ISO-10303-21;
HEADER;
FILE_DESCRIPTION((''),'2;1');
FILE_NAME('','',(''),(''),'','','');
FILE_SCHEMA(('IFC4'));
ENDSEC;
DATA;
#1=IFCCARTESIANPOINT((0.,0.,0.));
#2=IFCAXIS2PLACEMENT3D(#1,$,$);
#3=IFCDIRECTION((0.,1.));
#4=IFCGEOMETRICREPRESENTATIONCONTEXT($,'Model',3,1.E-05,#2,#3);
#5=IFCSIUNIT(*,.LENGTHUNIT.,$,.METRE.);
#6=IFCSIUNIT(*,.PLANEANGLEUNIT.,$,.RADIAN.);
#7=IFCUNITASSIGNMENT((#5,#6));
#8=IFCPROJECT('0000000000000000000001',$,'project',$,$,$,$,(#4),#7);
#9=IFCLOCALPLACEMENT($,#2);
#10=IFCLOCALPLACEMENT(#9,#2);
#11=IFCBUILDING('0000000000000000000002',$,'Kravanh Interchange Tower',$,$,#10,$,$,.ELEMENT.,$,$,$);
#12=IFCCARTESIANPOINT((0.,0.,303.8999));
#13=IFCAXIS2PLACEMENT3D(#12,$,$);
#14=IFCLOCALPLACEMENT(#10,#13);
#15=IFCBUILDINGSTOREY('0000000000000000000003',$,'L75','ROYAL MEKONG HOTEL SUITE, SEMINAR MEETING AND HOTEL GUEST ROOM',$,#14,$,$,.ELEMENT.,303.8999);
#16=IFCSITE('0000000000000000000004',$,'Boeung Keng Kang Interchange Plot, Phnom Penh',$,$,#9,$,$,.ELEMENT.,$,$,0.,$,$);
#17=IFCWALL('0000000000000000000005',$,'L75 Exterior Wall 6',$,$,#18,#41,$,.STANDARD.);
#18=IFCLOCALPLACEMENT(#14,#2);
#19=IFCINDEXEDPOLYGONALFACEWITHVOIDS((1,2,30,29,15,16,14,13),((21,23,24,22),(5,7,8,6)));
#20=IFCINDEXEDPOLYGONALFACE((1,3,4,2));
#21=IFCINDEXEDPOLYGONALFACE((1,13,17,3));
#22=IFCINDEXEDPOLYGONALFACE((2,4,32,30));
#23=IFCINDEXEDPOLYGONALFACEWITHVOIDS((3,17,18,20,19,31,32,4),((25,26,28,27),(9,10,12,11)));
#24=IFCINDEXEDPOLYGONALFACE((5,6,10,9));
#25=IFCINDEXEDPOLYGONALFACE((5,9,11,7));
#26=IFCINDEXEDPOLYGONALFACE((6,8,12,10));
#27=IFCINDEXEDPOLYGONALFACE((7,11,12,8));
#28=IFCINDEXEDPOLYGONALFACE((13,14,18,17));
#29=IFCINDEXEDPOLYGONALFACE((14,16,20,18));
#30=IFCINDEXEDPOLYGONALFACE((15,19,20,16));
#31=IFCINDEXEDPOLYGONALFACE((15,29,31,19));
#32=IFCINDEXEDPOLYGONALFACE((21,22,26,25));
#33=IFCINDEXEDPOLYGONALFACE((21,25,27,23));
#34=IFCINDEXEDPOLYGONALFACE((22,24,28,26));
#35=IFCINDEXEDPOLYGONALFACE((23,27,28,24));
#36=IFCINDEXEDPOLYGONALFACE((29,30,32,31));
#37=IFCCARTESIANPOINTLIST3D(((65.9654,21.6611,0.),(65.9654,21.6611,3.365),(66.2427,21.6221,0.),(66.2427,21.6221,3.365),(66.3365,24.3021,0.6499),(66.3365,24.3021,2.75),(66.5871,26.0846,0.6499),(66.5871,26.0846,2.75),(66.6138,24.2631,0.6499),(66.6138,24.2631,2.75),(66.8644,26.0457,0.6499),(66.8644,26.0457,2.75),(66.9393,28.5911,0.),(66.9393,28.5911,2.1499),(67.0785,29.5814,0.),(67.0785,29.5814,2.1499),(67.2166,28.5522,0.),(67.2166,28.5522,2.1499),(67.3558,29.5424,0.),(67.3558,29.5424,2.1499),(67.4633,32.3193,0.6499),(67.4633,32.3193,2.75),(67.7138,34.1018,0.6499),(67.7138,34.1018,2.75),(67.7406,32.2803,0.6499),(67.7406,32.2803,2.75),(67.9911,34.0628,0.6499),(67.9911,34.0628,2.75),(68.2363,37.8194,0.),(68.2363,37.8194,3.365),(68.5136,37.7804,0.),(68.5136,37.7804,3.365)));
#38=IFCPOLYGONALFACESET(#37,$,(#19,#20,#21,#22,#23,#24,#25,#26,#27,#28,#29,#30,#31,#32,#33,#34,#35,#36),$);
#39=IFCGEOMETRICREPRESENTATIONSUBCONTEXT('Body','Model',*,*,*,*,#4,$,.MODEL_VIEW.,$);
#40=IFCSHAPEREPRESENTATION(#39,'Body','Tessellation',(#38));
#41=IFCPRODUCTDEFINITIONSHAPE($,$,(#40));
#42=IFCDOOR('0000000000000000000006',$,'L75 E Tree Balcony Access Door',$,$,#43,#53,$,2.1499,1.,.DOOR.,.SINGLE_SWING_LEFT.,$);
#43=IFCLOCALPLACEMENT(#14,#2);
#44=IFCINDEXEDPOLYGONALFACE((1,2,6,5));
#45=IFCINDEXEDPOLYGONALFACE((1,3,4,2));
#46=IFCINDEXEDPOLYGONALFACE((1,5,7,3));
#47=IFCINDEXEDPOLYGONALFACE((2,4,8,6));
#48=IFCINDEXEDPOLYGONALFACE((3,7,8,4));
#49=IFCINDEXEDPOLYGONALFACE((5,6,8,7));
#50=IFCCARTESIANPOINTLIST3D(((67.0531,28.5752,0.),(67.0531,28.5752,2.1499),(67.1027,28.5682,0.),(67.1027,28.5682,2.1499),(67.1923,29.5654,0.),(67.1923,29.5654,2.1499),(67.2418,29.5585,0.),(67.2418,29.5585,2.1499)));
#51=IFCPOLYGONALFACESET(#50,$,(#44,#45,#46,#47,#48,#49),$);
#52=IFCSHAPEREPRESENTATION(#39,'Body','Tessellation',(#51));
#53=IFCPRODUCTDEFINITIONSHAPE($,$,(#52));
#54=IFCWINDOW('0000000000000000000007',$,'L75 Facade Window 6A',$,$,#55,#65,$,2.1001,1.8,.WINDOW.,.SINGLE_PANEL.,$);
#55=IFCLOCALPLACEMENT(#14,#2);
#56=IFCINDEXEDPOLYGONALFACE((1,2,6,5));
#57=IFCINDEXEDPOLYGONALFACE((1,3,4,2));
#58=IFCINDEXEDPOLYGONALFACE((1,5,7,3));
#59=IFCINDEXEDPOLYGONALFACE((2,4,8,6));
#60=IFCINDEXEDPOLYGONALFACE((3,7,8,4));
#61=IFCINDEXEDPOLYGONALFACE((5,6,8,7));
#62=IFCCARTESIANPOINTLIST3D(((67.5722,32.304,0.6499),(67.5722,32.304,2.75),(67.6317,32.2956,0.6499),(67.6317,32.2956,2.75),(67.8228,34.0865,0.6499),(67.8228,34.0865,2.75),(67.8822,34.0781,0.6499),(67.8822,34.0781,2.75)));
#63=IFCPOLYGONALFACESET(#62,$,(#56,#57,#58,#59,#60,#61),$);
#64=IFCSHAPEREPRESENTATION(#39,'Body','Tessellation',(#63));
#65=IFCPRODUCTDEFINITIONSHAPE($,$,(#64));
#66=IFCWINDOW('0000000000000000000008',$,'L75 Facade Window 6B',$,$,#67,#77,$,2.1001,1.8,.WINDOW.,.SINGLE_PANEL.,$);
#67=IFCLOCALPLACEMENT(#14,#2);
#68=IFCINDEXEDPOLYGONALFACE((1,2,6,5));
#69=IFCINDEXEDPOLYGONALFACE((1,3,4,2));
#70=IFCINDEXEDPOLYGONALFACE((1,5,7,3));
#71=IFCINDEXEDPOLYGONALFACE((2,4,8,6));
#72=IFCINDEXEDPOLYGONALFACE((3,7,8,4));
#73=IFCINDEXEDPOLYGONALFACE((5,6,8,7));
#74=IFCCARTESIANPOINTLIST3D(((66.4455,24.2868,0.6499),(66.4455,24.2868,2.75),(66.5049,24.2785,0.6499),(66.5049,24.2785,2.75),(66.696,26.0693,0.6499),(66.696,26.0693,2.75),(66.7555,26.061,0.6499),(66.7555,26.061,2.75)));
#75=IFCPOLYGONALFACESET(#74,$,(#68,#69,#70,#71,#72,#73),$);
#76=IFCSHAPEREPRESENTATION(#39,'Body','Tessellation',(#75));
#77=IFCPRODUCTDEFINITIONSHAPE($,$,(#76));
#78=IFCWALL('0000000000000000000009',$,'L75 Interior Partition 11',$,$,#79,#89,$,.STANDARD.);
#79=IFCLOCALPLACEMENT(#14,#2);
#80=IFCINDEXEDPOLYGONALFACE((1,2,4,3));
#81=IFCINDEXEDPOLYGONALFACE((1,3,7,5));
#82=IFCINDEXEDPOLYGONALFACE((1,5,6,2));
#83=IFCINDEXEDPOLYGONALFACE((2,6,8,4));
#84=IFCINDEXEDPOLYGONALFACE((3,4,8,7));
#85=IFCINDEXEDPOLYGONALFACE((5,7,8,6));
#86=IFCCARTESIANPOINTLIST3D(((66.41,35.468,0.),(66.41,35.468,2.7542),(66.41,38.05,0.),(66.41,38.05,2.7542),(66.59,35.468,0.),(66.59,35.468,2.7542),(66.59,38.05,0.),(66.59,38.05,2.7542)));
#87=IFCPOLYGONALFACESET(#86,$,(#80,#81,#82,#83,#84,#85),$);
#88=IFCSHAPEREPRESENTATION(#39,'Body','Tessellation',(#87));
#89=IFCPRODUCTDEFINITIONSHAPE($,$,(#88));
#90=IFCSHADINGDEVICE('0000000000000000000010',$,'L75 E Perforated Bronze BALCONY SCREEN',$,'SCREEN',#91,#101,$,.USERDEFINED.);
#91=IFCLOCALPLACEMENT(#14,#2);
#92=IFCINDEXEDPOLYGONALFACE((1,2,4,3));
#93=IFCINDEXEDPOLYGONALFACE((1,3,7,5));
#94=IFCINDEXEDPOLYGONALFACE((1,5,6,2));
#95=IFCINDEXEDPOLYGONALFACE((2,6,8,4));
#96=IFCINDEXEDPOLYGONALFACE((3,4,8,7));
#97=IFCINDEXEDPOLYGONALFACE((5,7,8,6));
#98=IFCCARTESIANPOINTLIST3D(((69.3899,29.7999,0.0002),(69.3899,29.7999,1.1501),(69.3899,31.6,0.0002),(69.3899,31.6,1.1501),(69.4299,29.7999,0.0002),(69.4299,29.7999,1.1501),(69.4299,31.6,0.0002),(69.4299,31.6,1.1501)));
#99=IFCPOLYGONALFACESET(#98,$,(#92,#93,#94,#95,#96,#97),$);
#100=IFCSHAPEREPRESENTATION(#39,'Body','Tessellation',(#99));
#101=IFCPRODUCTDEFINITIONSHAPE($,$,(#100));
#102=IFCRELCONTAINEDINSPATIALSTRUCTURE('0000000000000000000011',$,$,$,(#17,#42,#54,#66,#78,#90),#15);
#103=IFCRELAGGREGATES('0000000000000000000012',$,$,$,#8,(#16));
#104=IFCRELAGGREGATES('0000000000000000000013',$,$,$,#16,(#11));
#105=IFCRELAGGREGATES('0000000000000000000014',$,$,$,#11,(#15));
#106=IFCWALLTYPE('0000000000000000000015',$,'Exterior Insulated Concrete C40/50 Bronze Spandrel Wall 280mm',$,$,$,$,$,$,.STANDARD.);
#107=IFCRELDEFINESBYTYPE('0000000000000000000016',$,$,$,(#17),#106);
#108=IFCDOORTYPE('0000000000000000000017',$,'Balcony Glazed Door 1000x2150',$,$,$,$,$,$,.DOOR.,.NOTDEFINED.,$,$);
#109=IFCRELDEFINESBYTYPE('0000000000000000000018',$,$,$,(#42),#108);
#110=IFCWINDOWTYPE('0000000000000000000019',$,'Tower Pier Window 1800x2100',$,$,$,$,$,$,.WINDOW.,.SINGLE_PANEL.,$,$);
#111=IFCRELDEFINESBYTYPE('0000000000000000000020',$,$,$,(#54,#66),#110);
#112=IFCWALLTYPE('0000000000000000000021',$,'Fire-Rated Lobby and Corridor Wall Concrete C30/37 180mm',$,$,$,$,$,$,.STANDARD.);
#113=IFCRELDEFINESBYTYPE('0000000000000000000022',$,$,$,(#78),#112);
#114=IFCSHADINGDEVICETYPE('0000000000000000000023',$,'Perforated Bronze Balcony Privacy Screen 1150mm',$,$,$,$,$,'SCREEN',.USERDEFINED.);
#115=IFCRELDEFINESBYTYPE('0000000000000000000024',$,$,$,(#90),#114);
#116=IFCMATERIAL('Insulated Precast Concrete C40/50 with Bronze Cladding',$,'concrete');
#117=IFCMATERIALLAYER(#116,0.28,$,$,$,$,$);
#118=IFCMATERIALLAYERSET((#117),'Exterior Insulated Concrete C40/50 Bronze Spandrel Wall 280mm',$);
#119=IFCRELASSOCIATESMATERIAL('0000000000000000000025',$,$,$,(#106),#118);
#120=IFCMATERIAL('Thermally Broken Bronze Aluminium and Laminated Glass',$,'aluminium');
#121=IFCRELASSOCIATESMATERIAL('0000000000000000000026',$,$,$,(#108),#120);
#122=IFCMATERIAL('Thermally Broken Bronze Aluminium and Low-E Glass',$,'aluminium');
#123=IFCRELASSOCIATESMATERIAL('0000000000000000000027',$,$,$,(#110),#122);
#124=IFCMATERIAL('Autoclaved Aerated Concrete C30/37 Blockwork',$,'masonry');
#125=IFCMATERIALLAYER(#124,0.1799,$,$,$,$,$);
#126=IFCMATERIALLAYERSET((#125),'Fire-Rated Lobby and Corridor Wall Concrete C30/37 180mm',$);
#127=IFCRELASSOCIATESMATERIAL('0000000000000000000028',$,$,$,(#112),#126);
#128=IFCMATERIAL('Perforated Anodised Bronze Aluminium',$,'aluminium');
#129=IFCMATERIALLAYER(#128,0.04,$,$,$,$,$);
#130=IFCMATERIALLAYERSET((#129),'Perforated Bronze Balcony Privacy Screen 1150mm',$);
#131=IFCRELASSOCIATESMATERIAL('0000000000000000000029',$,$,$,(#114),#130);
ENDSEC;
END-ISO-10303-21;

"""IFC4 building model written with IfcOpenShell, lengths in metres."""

from ifc_helpers import new_model, si_unit, direction, frame, frame_2d, origin, origin_2d, place, context, subcontext, project, spatial, rectangle, extrude, material, layer, layer_set, type_object, element, fill, save


model = new_model("IFC4")

# Units and contexts
model_context = context("Model", 3, precision=1e-05, world=origin(), true_north=direction((0.0, 1.0)))
body_context = subcontext(model_context, "Body", "Model", "MODEL_VIEW")
ifc_project = project(units=[si_unit("LENGTHUNIT", "METRE"), si_unit("PLANEANGLEUNIT", "RADIAN")], contexts=[model_context])

# Site, building, storey
site_placement = place(None, origin())
site = spatial("IfcSite", under=ifc_project, at=site_placement, Name="Boeung Keng Kang Interchange Plot, Phnom Penh", CompositionType="ELEMENT", RefElevation=0.0)
building_placement = place(site_placement, origin())
building = spatial("IfcBuilding", under=site, at=building_placement, Name="Kravanh Interchange Tower", CompositionType="ELEMENT")
storey_placement = place(building_placement, frame((0.0, 0.0, 303.8999)))
storey = spatial("IfcBuildingStorey", under=building, at=storey_placement, Name="L75", Description="ROYAL MEKONG HOTEL SUITE, SEMINAR MEETING AND HOTEL GUEST ROOM", CompositionType="ELEMENT", Elevation=303.8999)

# Wall, openings, door, windows
ifc_material_1 = material(Name="Insulated Precast Concrete C40/50 with Bronze Cladding", Category="concrete")
ifc_layer_1 = layer(ifc_material_1, 0.28)
ifc_layer_set_1 = layer_set([ifc_layer_1], Name="Exterior Insulated Concrete C40/50 Bronze Spandrel Wall 280mm")
wall_type_1 = type_object("IfcWallType", Name="Exterior Insulated Concrete C40/50 Bronze Spandrel Wall 280mm", PredefinedType="STANDARD", material=ifc_layer_set_1)
wall_1_placement = place(storey_placement, frame((68.375, 37.8, 0.0), z_axis=(0.0, 0.0, 1.0), x_axis=(-0.139178, -0.990267, 0.0)))
wall_1 = element("IfcWall", 1, at=wall_1_placement, inside=storey, type_object=wall_type_1, Name="L75 Exterior Wall 6", PredefinedType="STANDARD", context=body_context, shape_type="SweptSolid", body=[
    extrude(rectangle(XDim=16.3171, YDim=0.28, at=frame_2d((8.1587, 0.0))), origin(), (0.0, 0.0, 1.0), 3.365),
])
opening_1_placement = place(wall_1_placement, frame((8.3191, 0.0, 0.0)))
opening_1 = element("IfcOpeningElement", 2, at=opening_1_placement, cuts=wall_1, PredefinedType="OPENING", context=body_context, shape_type="SweptSolid", body=[
    extrude(rectangle(XDim=1.0, YDim=2.1499, at=frame_2d((0.5, 1.075))), frame((0.0, 0.1499, 0.0), z_axis=(0.0, -1.0, 0.0), x_axis=(1.0, 0.0, 0.0)), (0.0, 0.0, 1.0), 0.3),
])
opening_2_placement = place(wall_1_placement, frame((3.7544, 0.0, 0.6499)))
opening_2 = element("IfcOpeningElement", 3, at=opening_2_placement, cuts=wall_1, PredefinedType="OPENING", context=body_context, shape_type="SweptSolid", body=[
    extrude(rectangle(XDim=1.8, YDim=2.1001, at=frame_2d((0.8999, 1.05))), frame((0.0, 0.1499, 0.0), z_axis=(0.0, -1.0, 0.0), x_axis=(1.0, 0.0, 0.0)), (0.0, 0.0, 1.0), 0.3),
])
opening_3_placement = place(wall_1_placement, frame((11.8503, 0.0, 0.6499)))
opening_3 = element("IfcOpeningElement", 4, at=opening_3_placement, cuts=wall_1, PredefinedType="OPENING", context=body_context, shape_type="SweptSolid", body=[
    extrude(rectangle(XDim=1.8, YDim=2.1001, at=frame_2d((0.8999, 1.05))), frame((0.0, 0.1499, 0.0), z_axis=(0.0, -1.0, 0.0), x_axis=(1.0, 0.0, 0.0)), (0.0, 0.0, 1.0), 0.3),
])
ifc_material_2 = material(Name="Thermally Broken Bronze Aluminium and Laminated Glass", Category="aluminium")
door_type = type_object("IfcDoorType", Name="Balcony Glazed Door 1000x2150", OperationType="NOTDEFINED", PredefinedType="DOOR", material=ifc_material_2)
door_placement = place(opening_1_placement, origin())
door = element("IfcDoor", 5, at=door_placement, inside=storey, type_object=door_type, Name="L75 E Tree Balcony Access Door", OperationType="SINGLE_SWING_LEFT", OverallHeight=2.1499, OverallWidth=1.0, PredefinedType="DOOR", context=body_context, shape_type="SweptSolid", body=[
    extrude(rectangle(XDim=1.0, YDim=2.1499, at=frame_2d((0.5, 1.075))), frame((0.0, 0.0249, 0.0), z_axis=(0.0, -1.0, 0.0), x_axis=(1.0, 0.0, 0.0)), (0.0, 0.0, 1.0), 0.05),
])
fill(opening_1, door)
ifc_material_3 = material(Name="Thermally Broken Bronze Aluminium and Low-E Glass", Category="aluminium")
window_type = type_object("IfcWindowType", Name="Tower Pier Window 1800x2100", PartitioningType="SINGLE_PANEL", PredefinedType="WINDOW", material=ifc_material_3)
window_1_placement = place(opening_2_placement, origin())
window_1 = element("IfcWindow", 6, at=window_1_placement, inside=storey, type_object=window_type, Name="L75 Facade Window 6A", OverallHeight=2.1001, OverallWidth=1.8, PartitioningType="SINGLE_PANEL", PredefinedType="WINDOW", context=body_context, shape_type="SweptSolid", body=[
    extrude(rectangle(XDim=1.8, YDim=2.1001, at=frame_2d((0.8999, 1.05))), frame((0.0, 0.03, 0.0), z_axis=(0.0, -1.0, 0.0), x_axis=(1.0, 0.0, 0.0)), (0.0, 0.0, 1.0), 0.0601),
])
fill(opening_2, window_1)
window_2_placement = place(opening_3_placement, origin())
window_2 = element("IfcWindow", 7, at=window_2_placement, inside=storey, type_object=window_type, Name="L75 Facade Window 6B", OverallHeight=2.1001, OverallWidth=1.8, PartitioningType="SINGLE_PANEL", PredefinedType="WINDOW", context=body_context, shape_type="SweptSolid", body=[
    extrude(rectangle(XDim=1.8, YDim=2.1001, at=frame_2d((0.8999, 1.05))), frame((0.0, 0.03, 0.0), z_axis=(0.0, -1.0, 0.0), x_axis=(1.0, 0.0, 0.0)), (0.0, 0.0, 1.0), 0.0601),
])
fill(opening_3, window_2)

# Wall
ifc_material_4 = material(Name="Autoclaved Aerated Concrete C30/37 Blockwork", Category="masonry")
ifc_layer_2 = layer(ifc_material_4, 0.1799)
ifc_layer_set_2 = layer_set([ifc_layer_2], Name="Fire-Rated Lobby and Corridor Wall Concrete C30/37 180mm")
wall_type_2 = type_object("IfcWallType", Name="Fire-Rated Lobby and Corridor Wall Concrete C30/37 180mm", PredefinedType="STANDARD", material=ifc_layer_set_2)
wall_2_placement = place(storey_placement, frame((66.5, 35.468, 0.0), z_axis=(0.0, 0.0, 1.0), x_axis=(0.0, 1.0, 0.0)))
element("IfcWall", 8, at=wall_2_placement, inside=storey, type_object=wall_type_2, Name="L75 Interior Partition 11", PredefinedType="STANDARD", context=body_context, shape_type="SweptSolid", body=[
    extrude(rectangle(XDim=2.582, YDim=0.1799, at=frame_2d((1.291, 0.0))), origin(), (0.0, 0.0, 1.0), 2.7542),
])

# Shading device
ifc_material_5 = material(Name="Perforated Anodised Bronze Aluminium", Category="aluminium")
ifc_layer_3 = layer(ifc_material_5, 0.04)
ifc_layer_set_3 = layer_set([ifc_layer_3], Name="Perforated Bronze Balcony Privacy Screen 1150mm")
shading_device_type = type_object("IfcShadingDeviceType", Name="Perforated Bronze Balcony Privacy Screen 1150mm", ElementType="SCREEN", PredefinedType="USERDEFINED", material=ifc_layer_set_3)
shading_device_placement = place(storey_placement, frame((69.4099, 30.7, 0.0002), z_axis=(0.0, 0.0, 1.0), x_axis=(1.0, 0.0, 0.0)))
element("IfcShadingDevice", 9, at=shading_device_placement, inside=storey, type_object=shading_device_type, Name="L75 E Perforated Bronze BALCONY SCREEN", ObjectType="SCREEN", PredefinedType="USERDEFINED", context=body_context, shape_type="SweptSolid", body=[
    extrude(rectangle(XDim=0.04, YDim=1.8, at=origin_2d()), origin(), (0.0, 0.0, 1.0), 1.1499),
])

save(model, "model.ifc")
